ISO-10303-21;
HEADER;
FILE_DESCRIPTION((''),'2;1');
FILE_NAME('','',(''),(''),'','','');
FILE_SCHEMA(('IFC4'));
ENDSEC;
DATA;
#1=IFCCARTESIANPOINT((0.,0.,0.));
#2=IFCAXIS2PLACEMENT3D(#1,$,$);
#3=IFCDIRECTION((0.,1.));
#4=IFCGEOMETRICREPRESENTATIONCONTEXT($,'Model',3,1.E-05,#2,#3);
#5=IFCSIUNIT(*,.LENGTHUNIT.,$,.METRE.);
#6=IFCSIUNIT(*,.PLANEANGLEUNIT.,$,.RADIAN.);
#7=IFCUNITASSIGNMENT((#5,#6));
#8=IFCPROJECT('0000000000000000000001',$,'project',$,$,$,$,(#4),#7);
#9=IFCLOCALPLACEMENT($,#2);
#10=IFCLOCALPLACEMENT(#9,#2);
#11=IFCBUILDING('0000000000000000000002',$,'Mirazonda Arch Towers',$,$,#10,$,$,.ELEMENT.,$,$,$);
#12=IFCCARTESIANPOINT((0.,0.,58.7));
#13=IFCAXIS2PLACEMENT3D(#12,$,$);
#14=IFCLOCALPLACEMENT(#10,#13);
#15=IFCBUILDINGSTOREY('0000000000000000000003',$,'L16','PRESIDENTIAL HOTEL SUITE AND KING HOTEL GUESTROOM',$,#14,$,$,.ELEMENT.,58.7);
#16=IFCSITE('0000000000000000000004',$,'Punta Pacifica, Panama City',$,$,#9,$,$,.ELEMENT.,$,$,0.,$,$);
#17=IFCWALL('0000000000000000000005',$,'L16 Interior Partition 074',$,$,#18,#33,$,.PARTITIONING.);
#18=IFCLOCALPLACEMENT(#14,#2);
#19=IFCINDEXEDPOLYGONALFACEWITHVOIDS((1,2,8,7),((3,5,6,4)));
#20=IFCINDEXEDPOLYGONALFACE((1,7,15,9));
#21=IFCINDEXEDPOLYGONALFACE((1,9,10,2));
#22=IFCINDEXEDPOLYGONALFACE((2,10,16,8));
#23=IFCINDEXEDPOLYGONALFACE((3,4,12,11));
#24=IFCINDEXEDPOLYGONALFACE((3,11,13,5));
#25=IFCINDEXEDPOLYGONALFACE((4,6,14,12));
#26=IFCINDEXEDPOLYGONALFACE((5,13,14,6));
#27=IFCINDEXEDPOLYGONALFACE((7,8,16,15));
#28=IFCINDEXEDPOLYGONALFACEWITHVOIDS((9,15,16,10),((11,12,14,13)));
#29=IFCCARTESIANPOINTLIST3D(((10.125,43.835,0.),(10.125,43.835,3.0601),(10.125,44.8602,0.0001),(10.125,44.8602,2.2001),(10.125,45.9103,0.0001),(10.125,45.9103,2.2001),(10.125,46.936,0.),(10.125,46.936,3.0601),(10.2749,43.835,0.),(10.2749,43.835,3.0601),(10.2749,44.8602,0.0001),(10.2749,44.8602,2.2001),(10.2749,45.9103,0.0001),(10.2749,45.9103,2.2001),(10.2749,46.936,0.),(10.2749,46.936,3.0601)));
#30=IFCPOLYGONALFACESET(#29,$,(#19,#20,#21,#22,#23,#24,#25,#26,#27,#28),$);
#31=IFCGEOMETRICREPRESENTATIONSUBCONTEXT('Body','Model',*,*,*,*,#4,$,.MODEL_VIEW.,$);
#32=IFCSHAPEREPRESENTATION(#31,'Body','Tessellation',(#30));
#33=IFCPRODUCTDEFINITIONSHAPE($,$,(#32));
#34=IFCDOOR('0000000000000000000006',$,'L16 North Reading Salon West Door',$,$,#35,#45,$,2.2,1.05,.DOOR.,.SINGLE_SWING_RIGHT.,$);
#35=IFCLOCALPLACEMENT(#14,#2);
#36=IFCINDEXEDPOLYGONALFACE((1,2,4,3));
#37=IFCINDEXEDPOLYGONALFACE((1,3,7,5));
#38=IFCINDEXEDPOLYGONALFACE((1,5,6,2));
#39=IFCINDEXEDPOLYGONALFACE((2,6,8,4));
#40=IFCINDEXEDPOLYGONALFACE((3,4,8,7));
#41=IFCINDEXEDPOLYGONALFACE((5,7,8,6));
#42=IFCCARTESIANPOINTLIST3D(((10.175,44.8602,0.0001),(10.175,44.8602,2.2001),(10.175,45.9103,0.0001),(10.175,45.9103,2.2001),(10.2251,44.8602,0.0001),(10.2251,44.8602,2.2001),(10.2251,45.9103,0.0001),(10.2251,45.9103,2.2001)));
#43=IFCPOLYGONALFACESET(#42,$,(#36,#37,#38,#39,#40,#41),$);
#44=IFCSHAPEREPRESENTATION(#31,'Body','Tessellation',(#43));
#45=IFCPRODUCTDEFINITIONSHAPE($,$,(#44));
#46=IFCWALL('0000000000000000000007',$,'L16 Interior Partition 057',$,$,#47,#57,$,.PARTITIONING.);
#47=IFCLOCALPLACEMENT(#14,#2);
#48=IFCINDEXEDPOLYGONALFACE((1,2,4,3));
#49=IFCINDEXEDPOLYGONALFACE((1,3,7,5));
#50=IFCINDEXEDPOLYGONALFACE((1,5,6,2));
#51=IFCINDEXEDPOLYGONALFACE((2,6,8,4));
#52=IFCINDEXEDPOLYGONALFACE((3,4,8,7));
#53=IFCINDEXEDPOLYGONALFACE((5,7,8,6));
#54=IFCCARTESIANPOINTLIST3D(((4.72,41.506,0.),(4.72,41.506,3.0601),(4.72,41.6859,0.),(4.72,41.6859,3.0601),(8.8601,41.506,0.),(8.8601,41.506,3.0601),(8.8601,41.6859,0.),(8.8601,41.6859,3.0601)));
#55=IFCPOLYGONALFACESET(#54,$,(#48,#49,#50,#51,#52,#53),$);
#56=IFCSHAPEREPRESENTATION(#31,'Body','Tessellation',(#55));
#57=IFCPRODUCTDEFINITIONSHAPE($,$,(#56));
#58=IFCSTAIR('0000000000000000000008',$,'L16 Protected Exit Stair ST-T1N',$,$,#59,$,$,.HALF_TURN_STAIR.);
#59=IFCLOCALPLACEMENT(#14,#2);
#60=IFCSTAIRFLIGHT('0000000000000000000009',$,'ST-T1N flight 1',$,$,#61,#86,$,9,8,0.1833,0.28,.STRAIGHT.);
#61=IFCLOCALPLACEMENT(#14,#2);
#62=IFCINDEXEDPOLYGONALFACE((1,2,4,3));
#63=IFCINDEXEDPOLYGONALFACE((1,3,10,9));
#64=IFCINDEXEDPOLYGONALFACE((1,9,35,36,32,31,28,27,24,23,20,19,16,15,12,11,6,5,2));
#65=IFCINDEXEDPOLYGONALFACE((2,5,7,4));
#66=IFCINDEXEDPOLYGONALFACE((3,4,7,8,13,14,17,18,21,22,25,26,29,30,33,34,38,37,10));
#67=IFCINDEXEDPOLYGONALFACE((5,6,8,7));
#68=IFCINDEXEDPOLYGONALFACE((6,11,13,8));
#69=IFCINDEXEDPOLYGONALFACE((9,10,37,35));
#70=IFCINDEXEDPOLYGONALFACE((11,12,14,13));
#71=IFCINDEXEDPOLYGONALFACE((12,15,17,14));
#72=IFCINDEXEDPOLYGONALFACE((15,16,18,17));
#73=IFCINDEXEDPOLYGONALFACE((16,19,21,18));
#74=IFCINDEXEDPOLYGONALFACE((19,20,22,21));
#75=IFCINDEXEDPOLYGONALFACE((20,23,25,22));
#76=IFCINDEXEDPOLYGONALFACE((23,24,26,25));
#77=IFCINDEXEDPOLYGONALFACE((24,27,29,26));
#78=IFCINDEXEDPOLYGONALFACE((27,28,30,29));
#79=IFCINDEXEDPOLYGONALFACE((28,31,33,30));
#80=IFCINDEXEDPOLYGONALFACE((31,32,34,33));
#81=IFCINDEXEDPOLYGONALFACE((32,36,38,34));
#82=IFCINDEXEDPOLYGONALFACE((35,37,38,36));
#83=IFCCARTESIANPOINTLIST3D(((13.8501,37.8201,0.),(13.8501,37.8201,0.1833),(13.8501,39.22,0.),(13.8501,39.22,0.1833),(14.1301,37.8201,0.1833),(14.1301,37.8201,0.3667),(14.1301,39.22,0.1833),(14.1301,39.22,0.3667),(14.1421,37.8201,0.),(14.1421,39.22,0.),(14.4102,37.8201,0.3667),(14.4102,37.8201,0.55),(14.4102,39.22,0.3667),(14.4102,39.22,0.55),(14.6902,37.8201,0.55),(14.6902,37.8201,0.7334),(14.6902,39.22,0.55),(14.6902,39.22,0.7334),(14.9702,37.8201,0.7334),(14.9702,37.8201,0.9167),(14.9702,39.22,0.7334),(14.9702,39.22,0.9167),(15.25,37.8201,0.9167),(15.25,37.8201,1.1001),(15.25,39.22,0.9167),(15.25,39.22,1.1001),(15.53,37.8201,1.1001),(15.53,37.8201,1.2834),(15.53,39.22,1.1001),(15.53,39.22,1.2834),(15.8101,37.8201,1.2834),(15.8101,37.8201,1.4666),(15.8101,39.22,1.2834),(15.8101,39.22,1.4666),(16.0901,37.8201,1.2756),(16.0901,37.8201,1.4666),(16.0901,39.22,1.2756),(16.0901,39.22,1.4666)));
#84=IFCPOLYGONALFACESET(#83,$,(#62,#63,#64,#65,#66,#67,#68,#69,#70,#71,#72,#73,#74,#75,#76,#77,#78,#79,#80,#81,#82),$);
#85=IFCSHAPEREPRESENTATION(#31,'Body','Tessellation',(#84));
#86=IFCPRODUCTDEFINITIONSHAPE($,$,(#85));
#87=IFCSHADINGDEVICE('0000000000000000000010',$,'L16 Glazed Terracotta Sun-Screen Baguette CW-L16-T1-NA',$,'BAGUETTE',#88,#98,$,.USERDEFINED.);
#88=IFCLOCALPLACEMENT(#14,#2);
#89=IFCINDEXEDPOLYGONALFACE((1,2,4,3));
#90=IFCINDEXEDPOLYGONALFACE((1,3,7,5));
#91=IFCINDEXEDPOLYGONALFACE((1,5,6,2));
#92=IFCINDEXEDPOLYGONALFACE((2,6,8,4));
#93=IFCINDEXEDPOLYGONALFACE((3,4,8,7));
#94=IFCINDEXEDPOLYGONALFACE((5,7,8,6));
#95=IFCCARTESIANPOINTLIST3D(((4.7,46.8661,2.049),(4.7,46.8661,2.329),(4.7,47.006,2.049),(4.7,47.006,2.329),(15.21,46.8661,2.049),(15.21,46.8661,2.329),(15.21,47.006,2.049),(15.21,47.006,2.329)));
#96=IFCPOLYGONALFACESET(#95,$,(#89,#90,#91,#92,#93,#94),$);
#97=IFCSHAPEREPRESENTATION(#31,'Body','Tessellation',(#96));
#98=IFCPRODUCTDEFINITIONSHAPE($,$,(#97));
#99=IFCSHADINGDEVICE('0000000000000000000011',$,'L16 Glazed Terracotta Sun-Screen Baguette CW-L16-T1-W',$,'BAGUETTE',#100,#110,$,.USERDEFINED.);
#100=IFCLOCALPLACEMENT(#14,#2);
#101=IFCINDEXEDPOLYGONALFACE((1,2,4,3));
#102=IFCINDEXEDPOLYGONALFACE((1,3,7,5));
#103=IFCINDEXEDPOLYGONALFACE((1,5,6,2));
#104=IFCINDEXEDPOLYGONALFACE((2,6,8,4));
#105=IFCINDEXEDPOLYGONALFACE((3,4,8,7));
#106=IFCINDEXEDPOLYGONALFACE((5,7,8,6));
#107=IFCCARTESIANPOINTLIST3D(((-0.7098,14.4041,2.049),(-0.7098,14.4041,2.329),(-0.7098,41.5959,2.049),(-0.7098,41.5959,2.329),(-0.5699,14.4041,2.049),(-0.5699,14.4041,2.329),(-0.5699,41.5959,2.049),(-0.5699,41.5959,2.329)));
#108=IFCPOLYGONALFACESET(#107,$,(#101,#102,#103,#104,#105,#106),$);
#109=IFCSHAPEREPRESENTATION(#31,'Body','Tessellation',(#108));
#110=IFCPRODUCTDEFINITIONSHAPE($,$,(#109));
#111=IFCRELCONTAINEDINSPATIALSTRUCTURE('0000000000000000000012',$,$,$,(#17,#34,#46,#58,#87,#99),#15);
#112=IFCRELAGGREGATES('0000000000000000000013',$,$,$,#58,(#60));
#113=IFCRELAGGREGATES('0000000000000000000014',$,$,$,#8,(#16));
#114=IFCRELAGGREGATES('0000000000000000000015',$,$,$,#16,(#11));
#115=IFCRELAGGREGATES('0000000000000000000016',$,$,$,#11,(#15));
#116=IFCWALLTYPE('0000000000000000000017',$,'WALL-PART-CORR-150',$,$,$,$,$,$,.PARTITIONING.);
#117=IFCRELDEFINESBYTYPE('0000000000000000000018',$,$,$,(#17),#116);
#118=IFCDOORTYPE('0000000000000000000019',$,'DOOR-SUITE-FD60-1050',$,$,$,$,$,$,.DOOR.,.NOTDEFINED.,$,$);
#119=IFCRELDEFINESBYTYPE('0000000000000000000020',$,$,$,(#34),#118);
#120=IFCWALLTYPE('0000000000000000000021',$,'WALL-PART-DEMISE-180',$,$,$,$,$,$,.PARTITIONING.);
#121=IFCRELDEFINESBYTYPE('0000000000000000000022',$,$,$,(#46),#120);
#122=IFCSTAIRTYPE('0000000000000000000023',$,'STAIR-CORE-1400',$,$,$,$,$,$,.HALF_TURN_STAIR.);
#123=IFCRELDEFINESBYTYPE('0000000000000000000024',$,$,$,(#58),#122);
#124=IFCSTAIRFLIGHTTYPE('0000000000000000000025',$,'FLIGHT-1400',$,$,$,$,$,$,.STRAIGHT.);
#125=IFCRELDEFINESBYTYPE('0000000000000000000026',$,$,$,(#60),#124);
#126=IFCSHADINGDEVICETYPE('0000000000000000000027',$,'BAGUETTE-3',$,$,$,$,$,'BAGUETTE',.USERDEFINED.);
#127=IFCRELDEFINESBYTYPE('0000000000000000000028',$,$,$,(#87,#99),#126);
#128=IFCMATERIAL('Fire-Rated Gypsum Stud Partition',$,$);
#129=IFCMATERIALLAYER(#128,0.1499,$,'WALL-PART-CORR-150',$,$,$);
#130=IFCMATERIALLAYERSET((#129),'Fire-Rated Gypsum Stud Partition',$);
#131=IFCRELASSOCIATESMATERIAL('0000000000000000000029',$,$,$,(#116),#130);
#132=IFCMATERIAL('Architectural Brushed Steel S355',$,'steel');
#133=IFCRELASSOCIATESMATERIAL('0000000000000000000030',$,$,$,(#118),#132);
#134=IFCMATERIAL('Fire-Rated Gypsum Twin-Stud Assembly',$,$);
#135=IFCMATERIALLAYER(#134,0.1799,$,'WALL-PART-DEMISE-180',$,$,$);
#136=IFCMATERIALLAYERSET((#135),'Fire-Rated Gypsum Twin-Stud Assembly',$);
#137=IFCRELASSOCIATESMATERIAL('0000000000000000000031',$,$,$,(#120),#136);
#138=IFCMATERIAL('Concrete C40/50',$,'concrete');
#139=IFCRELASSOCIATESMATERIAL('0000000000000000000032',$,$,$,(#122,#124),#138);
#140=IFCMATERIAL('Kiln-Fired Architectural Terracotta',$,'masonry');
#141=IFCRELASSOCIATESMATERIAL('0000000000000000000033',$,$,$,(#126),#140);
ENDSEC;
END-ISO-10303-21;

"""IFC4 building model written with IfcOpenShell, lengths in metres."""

from ifc_helpers import new_model, si_unit, direction, frame, frame_2d, origin, origin_2d, place, context, subcontext, project, spatial, polyline, rectangle, outline, extrude, material, layer, layer_set, material_profile, profile_set, type_object, element, fill, aggregate, save


model = new_model("IFC4")

# Units and contexts
model_context = context("Model", 3, precision=1e-05, world=origin(), true_north=direction((0.0, 1.0)))
body_context = subcontext(model_context, "Body", "Model", "MODEL_VIEW")
ifc_project = project(units=[si_unit("LENGTHUNIT", "METRE"), si_unit("PLANEANGLEUNIT", "RADIAN")], contexts=[model_context])

# Site, building, storey
site_placement = place(None, origin())
site = spatial("IfcSite", under=ifc_project, at=site_placement, Name="Punta Pacifica, Panama City", CompositionType="ELEMENT", RefElevation=0.0)
building_placement = place(site_placement, origin())
building = spatial("IfcBuilding", under=site, at=building_placement, Name="Mirazonda Arch Towers", CompositionType="ELEMENT")
storey_placement = place(building_placement, frame((0.0, 0.0, 58.7)))
storey = spatial("IfcBuildingStorey", under=building, at=storey_placement, Name="L16", Description="PRESIDENTIAL HOTEL SUITE AND KING HOTEL GUESTROOM", CompositionType="ELEMENT", Elevation=58.7)

# Shared definitions
ifc_material_1 = material(Name="Fire-Rated Gypsum Stud Partition")
ifc_layer_1 = layer(ifc_material_1, 0.1499, Name="WALL-PART-CORR-150")
ifc_layer_set_1 = layer_set([ifc_layer_1], Name="Fire-Rated Gypsum Stud Partition")
wall_type_1 = type_object("IfcWallType", Name="WALL-PART-CORR-150", PredefinedType="PARTITIONING", material=ifc_layer_set_1)

# Wall, opening, door
wall_1_placement = place(storey_placement, frame((10.2, 43.835, 0.0), z_axis=(0.0, 0.0, 1.0), x_axis=(0.0, 1.0, 0.0)))
wall_1 = element("IfcWall", 1, at=wall_1_placement, inside=storey, type_object=wall_type_1, Name="L16 Interior Partition 074", PredefinedType="PARTITIONING", context=body_context, shape_type="SweptSolid", body=[
    extrude(rectangle(XDim=3.1011, YDim=0.1499, at=frame_2d((1.5505, 0.0))), origin(), (0.0, 0.0, 1.0), 3.0601),
])
opening_1_placement = place(wall_1_placement, frame((1.0254, 0.0, 0.0)))
opening_1 = element("IfcOpeningElement", 2, at=opening_1_placement, cuts=wall_1, PredefinedType="OPENING", context=body_context, shape_type="SweptSolid", body=[
    extrude(rectangle(XDim=1.05, YDim=2.2, at=frame_2d((0.5249, 1.1001))), frame((0.0, 0.085, 0.0), z_axis=(0.0, -1.0, 0.0), x_axis=(1.0, 0.0, 0.0)), (0.0, 0.0, 1.0), 0.1699),
])
ifc_material_2 = material(Name="Architectural Brushed Steel S355", Category="steel")
door_type_1 = type_object("IfcDoorType", Name="DOOR-SUITE-FD60-1050", OperationType="NOTDEFINED", PredefinedType="DOOR", material=ifc_material_2)
door_1_placement = place(opening_1_placement, origin())
door_1 = element("IfcDoor", 3, at=door_1_placement, inside=storey, type_object=door_type_1, Name="L16 North Reading Salon West Door", OperationType="SINGLE_SWING_RIGHT", OverallHeight=2.2, OverallWidth=1.05, PredefinedType="DOOR", context=body_context, shape_type="SweptSolid", body=[
    extrude(rectangle(XDim=1.05, YDim=2.2, at=frame_2d((0.5249, 1.1001))), frame((0.0, 0.0249, 0.0), z_axis=(0.0, -1.0, 0.0), x_axis=(1.0, 0.0, 0.0)), (0.0, 0.0, 1.0), 0.05),
])
fill(opening_1, door_1)

# Wall
ifc_material_3 = material(Name="Fire-Rated Gypsum Twin-Stud Assembly")
ifc_layer_2 = layer(ifc_material_3, 0.1799, Name="WALL-PART-DEMISE-180")
ifc_layer_set_2 = layer_set([ifc_layer_2], Name="Fire-Rated Gypsum Twin-Stud Assembly")
wall_type_2 = type_object("IfcWallType", Name="WALL-PART-DEMISE-180", PredefinedType="PARTITIONING", material=ifc_layer_set_2)
wall_2_placement = place(storey_placement, frame((4.72, 41.5959, 0.0), z_axis=(0.0, 0.0, 1.0), x_axis=(1.0, 0.0, 0.0)))
element("IfcWall", 4, at=wall_2_placement, inside=storey, type_object=wall_type_2, Name="L16 Interior Partition 057", PredefinedType="PARTITIONING", context=body_context, shape_type="SweptSolid", body=[
    extrude(rectangle(XDim=4.1401, YDim=0.1799, at=frame_2d((2.0701, 0.0))), origin(), (0.0, 0.0, 1.0), 3.0601),
])

# Stair, stair flight
ifc_material_4 = material(Name="Concrete C40/50", Category="concrete")
stair_type = type_object("IfcStairType", Name="STAIR-CORE-1400", PredefinedType="HALF_TURN_STAIR", material=ifc_material_4)
stair_placement = place(storey_placement, origin())
stair = element("IfcStair", 5, at=stair_placement, inside=storey, type_object=stair_type, Name="L16 Protected Exit Stair ST-T1N", PredefinedType="HALF_TURN_STAIR")
stair_flight_type = type_object("IfcStairFlightType", Name="FLIGHT-1400", PredefinedType="STRAIGHT", material=ifc_material_4)
stair_flight_placement = place(storey_placement, frame((13.8501, 38.52, 0.0), z_axis=(0.0, 0.0, 1.0), x_axis=(1.0, 0.0, 0.0)))
stair_flight = element("IfcStairFlight", 6, at=stair_flight_placement, type_object=stair_flight_type, Name="ST-T1N flight 1", NumberOfRisers=9, NumberOfTreads=8, PredefinedType="STRAIGHT", RiserHeight=0.1833, TreadLength=0.28, context=body_context, shape_type="SweptSolid", body=[
    extrude(outline(polyline([(0.0, 0.0), (0.0, 0.1833), (0.28, 0.1833), (0.28, 0.3667), (0.5601, 0.3667), (0.5601, 0.55), (0.8401, 0.55), (0.8401, 0.7334), (1.1201, 0.7334), (1.1201, 0.9167), (1.3999, 0.9167), (1.3999, 1.1001), (1.6799, 1.1001), (1.6799, 1.2834), (1.96, 1.2834), (1.96, 1.4666), (2.24, 1.4666), (2.24, 1.6499), (2.24, 1.2756), (0.292, 0.0), (0.0, 0.0)])), frame((0.0, 0.7, 0.0), z_axis=(0.0, -1.0, 0.0), x_axis=(1.0, 0.0, 0.0)), (0.0, 0.0, 1.0), 1.3999),
])
aggregate(stair, [stair_flight])

# Shading devices
ifc_material_5 = material(Name="Kiln-Fired Architectural Terracotta", Category="masonry")
ifc_material_profile_1 = material_profile(ifc_material_5, rectangle(XDim=0.1399, YDim=0.28, at=origin_2d()), Name="TERRA-BAG-140x280")
ifc_profile_set_1 = profile_set([ifc_material_profile_1], Name="Kiln-Fired Architectural Terracotta")
shading_device_type = type_object("IfcShadingDeviceType", Name="BAGUETTE-3", ElementType="BAGUETTE", PredefinedType="USERDEFINED", material=ifc_profile_set_1)
shading_device_1_placement = place(storey_placement, frame((4.7, 46.936, 2.189), z_axis=(1.0, 0.0, 0.0), x_axis=(0.0, 1.0, 0.0)))
element("IfcShadingDevice", 7, at=shading_device_1_placement, inside=storey, type_object=shading_device_type, Name="L16 Glazed Terracotta Sun-Screen Baguette CW-L16-T1-NA", ObjectType="BAGUETTE", PredefinedType="USERDEFINED", context=body_context, shape_type="SweptSolid", body=[
    extrude(rectangle(XDim=0.1399, YDim=0.28, at=origin_2d()), origin(), (0.0, 0.0, 1.0), 10.51),
])
shading_device_2_placement = place(storey_placement, frame((-0.6399, 41.5959, 2.189), z_axis=(0.0, -1.0, 0.0), x_axis=(1.0, 0.0, 0.0)))
element("IfcShadingDevice", 8, at=shading_device_2_placement, inside=storey, type_object=shading_device_type, Name="L16 Glazed Terracotta Sun-Screen Baguette CW-L16-T1-W", ObjectType="BAGUETTE", PredefinedType="USERDEFINED", context=body_context, shape_type="SweptSolid", body=[
    extrude(rectangle(XDim=0.1399, YDim=0.28, at=origin_2d()), origin(), (0.0, 0.0, 1.0), 27.1919),
])

save(model, "model.ifc")
